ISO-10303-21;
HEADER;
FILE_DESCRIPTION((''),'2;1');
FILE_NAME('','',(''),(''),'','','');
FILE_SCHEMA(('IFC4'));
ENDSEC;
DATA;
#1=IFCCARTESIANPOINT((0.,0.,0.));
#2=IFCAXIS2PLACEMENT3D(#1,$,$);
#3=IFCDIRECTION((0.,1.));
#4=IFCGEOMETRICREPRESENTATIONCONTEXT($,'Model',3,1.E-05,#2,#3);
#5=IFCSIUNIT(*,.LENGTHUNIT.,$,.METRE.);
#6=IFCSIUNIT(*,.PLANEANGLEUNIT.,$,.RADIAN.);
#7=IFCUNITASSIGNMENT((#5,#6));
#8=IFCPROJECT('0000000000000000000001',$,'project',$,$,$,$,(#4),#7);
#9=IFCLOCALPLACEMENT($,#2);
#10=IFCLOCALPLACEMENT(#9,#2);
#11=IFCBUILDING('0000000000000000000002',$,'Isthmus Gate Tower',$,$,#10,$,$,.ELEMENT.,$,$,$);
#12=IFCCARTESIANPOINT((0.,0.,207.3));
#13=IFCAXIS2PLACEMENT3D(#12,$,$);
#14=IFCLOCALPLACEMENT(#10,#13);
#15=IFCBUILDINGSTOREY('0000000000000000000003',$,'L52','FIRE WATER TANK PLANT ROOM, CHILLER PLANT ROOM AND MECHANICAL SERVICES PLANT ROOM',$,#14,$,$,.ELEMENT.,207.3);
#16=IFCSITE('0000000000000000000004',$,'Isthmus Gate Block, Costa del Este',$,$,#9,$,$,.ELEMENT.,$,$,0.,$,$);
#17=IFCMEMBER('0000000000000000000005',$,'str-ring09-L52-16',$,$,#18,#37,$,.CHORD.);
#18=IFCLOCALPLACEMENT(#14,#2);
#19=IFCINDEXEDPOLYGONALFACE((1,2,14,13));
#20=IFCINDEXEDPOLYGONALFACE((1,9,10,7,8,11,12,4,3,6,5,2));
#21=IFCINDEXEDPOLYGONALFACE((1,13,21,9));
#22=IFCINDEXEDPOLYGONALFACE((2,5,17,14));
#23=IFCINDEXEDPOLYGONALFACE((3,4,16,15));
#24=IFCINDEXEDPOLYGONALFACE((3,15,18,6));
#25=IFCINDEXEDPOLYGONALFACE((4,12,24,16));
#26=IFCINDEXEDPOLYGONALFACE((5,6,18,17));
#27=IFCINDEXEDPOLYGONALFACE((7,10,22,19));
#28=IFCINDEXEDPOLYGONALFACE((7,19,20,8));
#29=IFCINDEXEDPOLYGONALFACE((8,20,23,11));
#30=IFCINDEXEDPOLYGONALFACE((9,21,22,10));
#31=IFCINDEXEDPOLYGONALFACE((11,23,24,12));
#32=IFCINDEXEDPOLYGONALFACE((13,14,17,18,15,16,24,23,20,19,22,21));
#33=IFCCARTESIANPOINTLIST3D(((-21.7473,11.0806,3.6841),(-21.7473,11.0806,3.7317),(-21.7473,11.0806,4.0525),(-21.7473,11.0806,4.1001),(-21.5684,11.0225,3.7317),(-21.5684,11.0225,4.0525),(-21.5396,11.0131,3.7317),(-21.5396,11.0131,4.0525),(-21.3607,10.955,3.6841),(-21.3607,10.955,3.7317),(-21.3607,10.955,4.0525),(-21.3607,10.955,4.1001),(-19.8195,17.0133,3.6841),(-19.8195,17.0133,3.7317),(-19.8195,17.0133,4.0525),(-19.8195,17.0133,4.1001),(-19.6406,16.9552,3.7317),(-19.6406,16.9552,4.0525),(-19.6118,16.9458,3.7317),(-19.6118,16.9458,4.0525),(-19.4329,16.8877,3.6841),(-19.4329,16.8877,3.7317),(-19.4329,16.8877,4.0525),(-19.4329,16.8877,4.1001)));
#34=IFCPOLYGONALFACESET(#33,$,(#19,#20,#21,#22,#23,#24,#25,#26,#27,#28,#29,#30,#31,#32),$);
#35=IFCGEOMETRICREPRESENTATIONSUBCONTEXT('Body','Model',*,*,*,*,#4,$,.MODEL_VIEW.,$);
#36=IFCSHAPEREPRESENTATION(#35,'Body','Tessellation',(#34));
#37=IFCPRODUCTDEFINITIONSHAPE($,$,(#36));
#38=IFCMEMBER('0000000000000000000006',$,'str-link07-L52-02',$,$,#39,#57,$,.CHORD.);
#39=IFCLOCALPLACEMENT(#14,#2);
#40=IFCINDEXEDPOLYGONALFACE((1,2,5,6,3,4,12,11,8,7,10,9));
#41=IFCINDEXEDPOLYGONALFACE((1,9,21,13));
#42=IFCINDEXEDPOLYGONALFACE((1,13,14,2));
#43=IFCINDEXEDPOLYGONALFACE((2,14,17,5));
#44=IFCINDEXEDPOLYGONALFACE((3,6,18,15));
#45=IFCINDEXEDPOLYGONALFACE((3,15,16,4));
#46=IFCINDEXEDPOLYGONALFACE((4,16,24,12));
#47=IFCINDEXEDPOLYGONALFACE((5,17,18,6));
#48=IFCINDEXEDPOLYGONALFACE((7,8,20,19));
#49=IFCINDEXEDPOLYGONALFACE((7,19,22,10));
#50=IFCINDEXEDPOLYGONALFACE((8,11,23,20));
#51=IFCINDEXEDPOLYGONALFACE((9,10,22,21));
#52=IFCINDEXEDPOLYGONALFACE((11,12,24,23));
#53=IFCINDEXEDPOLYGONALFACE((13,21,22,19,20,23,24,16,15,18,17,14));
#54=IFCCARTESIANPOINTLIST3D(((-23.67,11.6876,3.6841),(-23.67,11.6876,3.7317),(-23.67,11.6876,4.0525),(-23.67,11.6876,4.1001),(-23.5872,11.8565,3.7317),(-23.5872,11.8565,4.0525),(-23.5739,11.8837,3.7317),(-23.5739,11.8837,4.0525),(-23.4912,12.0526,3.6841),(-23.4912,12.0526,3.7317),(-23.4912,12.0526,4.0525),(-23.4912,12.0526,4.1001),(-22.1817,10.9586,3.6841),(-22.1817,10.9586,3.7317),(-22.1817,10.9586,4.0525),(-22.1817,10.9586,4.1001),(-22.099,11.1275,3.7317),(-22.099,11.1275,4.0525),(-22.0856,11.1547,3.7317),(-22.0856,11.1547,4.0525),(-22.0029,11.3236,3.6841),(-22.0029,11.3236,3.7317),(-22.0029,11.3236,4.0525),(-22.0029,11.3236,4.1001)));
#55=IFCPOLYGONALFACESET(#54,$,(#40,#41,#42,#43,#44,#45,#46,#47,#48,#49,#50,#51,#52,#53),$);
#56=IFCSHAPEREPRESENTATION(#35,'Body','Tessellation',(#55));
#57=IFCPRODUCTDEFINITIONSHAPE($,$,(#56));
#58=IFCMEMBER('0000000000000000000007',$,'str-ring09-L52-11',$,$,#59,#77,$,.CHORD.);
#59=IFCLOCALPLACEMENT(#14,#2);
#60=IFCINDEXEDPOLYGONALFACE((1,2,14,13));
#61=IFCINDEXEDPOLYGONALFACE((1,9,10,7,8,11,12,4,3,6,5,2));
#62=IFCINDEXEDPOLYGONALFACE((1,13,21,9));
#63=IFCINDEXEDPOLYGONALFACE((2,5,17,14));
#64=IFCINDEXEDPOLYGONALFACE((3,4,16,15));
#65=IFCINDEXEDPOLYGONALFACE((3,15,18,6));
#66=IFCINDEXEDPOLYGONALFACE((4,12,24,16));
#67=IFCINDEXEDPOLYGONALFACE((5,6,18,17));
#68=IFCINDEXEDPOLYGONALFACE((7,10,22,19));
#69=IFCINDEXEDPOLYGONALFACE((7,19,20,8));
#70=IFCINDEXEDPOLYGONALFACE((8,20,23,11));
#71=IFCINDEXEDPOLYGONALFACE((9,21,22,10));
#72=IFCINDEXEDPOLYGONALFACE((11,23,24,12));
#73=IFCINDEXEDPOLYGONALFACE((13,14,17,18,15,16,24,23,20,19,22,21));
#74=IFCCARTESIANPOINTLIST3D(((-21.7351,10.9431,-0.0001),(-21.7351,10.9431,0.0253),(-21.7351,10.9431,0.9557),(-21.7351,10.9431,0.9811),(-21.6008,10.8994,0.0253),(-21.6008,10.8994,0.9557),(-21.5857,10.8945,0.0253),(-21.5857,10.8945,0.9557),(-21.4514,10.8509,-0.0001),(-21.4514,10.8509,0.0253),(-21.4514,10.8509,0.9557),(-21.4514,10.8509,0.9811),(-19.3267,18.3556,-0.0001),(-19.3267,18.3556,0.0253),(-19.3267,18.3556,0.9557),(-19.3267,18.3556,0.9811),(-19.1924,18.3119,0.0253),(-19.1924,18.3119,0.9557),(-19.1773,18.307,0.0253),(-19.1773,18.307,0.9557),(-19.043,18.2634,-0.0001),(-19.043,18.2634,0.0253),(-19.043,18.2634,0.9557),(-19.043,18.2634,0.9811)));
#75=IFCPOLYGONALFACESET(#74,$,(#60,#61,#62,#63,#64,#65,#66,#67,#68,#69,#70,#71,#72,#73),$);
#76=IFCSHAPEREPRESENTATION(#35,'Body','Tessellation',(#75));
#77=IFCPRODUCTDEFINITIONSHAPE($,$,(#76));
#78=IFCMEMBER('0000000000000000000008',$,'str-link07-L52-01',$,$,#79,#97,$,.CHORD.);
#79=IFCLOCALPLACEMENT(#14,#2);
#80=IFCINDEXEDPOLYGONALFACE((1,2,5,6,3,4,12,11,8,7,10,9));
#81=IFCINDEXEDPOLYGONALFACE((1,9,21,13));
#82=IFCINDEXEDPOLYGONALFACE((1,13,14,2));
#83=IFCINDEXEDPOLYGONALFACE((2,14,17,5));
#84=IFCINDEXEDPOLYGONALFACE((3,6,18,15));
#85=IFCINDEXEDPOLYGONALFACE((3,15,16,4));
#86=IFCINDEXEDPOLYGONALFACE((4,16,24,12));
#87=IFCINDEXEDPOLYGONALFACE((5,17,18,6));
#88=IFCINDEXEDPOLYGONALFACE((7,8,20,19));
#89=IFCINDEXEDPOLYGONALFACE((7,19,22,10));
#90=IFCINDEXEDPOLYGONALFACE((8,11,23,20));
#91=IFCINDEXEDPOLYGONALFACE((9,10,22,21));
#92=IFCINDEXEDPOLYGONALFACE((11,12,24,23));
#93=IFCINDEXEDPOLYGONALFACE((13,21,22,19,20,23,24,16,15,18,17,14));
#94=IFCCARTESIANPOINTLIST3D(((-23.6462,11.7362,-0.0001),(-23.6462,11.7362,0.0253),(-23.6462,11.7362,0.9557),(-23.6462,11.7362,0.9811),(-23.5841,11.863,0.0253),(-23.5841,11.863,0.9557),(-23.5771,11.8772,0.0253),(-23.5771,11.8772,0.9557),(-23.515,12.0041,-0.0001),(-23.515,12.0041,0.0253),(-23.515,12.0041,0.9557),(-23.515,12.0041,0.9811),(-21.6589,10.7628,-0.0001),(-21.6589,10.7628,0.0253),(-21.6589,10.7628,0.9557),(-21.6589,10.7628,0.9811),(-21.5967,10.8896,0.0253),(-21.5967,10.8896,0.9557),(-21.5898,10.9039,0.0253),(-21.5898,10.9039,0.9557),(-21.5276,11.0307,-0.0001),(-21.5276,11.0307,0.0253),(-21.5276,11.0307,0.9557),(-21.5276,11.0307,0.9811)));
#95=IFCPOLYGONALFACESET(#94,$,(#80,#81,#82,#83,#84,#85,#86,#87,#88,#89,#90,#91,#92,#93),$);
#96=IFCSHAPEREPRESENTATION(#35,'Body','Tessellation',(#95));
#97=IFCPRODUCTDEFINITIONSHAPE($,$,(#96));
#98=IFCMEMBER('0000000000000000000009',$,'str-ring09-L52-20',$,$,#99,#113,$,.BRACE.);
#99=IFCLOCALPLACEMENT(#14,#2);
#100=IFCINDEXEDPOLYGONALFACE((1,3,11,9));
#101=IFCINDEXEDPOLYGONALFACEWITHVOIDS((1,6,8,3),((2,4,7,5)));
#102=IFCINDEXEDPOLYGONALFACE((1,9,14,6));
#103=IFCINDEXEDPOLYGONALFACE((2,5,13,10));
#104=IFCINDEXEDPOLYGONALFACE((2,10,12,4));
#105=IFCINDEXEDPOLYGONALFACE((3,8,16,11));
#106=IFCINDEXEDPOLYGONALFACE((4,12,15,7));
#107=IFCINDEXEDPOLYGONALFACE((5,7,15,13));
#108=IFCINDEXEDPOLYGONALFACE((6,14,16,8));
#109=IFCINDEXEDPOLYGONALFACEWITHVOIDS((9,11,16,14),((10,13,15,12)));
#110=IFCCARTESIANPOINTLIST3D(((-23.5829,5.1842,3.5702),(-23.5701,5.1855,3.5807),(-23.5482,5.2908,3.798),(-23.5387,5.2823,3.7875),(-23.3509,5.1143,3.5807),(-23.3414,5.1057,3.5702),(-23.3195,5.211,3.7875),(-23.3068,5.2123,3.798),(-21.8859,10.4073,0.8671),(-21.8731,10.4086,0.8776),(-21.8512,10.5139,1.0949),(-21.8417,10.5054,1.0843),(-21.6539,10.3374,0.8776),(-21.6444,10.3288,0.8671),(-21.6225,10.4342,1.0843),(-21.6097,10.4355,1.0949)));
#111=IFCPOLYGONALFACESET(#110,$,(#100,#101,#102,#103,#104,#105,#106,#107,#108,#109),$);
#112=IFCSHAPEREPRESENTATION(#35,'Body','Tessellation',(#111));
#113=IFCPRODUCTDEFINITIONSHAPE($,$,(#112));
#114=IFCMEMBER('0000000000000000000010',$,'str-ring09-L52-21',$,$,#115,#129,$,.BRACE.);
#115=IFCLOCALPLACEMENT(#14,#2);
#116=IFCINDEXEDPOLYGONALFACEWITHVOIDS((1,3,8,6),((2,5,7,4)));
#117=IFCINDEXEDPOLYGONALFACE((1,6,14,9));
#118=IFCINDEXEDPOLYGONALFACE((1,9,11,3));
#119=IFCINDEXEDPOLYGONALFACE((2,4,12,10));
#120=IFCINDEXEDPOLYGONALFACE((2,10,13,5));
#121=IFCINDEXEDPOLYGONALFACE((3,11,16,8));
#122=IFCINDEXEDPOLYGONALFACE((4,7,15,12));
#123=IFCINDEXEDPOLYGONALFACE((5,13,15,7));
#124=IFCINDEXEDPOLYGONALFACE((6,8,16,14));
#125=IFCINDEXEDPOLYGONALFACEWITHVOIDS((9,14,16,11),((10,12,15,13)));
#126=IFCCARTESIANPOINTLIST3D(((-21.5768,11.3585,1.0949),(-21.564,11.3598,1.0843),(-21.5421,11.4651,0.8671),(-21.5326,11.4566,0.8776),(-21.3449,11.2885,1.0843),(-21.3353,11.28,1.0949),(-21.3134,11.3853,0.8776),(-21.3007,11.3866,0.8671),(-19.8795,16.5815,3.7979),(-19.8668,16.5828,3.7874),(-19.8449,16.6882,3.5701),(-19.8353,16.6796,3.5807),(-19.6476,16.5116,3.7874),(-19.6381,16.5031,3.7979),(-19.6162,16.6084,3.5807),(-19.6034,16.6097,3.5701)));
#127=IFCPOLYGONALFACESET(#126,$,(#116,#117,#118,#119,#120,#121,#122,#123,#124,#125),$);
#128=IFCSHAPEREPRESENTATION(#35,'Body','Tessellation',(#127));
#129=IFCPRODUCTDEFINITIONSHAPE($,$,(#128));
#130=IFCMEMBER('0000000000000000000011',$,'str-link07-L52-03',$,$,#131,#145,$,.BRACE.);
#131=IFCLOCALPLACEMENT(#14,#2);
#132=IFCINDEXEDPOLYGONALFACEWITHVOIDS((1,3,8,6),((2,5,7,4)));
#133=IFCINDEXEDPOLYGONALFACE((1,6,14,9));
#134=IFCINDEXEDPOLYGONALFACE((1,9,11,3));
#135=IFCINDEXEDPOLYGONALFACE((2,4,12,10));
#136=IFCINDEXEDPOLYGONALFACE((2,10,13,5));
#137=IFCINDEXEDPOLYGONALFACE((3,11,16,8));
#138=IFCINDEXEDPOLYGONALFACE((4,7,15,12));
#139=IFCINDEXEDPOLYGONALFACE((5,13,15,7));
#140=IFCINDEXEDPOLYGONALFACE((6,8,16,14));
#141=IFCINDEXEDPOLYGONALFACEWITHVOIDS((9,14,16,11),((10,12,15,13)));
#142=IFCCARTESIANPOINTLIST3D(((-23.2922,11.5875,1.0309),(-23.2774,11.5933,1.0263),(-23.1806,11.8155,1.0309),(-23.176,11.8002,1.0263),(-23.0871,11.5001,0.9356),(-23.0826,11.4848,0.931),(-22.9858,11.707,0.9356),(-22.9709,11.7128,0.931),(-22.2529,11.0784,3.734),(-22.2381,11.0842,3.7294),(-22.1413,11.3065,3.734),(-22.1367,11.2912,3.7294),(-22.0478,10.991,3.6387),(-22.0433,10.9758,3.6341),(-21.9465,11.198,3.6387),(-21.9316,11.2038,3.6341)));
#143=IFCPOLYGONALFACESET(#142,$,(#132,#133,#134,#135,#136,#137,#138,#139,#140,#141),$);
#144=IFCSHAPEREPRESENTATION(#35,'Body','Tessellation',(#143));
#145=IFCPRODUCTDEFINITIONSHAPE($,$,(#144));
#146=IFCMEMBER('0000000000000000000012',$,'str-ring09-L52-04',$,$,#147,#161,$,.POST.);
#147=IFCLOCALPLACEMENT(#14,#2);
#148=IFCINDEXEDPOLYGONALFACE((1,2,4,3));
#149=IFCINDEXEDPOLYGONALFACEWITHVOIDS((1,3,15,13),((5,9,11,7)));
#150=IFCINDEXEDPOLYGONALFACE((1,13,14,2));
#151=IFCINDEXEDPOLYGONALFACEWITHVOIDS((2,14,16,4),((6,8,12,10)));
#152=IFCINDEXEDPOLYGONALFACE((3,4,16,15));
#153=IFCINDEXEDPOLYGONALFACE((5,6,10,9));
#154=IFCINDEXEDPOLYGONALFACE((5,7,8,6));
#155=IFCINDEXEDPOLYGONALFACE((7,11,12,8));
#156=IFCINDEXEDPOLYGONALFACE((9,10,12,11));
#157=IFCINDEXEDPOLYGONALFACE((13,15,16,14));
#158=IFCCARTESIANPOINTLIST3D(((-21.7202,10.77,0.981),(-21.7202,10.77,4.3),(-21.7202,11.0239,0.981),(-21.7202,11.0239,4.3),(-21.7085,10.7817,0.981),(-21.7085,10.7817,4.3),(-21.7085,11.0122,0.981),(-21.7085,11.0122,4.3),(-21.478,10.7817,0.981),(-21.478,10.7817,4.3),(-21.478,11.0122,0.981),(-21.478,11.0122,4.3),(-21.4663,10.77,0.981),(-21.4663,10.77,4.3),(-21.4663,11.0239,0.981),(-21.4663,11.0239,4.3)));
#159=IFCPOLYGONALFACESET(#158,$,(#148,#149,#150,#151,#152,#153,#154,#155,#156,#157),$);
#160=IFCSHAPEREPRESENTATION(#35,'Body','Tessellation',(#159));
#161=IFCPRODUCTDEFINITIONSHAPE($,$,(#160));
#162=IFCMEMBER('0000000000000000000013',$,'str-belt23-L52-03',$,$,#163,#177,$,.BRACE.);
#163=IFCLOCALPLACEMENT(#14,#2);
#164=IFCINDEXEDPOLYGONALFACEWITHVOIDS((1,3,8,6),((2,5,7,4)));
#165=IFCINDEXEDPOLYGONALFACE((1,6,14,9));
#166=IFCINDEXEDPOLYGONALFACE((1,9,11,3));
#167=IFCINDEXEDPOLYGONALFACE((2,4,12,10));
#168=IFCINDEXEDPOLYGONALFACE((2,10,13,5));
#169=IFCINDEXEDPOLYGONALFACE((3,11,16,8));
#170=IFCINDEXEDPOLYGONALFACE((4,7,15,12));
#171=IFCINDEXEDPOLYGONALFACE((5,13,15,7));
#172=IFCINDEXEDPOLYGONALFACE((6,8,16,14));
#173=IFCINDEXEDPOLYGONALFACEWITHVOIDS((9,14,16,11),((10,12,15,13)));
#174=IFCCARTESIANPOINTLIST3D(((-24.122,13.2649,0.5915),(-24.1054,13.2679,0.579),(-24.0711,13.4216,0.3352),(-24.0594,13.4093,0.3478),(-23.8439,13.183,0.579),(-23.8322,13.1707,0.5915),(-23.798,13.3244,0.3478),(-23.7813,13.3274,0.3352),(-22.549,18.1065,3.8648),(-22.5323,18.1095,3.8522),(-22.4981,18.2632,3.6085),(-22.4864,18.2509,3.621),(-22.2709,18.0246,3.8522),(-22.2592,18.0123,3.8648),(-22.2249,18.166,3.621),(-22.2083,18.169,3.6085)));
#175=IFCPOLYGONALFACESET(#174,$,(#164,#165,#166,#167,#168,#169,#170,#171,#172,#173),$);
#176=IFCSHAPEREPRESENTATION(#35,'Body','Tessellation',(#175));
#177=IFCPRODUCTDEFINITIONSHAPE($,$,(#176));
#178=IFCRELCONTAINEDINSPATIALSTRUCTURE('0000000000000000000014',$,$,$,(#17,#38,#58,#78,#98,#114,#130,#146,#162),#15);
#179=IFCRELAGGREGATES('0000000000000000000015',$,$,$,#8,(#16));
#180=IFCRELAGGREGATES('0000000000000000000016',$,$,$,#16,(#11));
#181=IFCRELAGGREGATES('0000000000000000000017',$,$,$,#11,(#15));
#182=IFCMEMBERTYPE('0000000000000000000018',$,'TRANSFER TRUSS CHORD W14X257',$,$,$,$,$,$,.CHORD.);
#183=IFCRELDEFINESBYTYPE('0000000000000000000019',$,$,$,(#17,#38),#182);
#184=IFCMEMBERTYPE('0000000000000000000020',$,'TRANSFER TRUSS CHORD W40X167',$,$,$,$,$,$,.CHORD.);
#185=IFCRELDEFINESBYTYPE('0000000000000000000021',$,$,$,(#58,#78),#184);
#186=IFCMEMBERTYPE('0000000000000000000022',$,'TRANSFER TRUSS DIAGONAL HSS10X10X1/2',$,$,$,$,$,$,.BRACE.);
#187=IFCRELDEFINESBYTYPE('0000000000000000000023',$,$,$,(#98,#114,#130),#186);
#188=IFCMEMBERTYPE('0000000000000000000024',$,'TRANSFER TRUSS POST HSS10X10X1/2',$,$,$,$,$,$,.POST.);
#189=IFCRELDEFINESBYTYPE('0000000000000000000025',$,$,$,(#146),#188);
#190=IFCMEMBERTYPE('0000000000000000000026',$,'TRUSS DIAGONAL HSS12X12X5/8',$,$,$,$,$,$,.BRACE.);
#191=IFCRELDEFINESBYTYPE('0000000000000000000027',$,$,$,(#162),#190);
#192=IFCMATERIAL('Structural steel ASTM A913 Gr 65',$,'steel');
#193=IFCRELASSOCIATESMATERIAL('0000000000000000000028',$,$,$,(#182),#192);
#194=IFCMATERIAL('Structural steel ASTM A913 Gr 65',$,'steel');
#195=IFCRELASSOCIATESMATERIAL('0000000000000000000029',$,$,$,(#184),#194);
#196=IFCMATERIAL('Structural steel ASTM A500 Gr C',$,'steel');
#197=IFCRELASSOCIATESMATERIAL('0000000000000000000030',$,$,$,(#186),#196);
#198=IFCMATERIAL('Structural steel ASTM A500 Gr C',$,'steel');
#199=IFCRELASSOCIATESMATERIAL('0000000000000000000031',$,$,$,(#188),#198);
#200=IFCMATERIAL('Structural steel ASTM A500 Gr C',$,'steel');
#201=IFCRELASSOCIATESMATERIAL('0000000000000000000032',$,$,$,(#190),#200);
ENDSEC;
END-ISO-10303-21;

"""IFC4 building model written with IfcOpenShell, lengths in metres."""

from ifc_helpers import new_model, si_unit, direction, frame, origin, origin_2d, place, context, subcontext, project, spatial, hollow_rectangle, i_section, extrude, material, material_profile, profile_set, type_object, element, save


model = new_model("IFC4")

# Units and contexts
model_context = context("Model", 3, precision=1e-05, world=origin(), true_north=direction((0.0, 1.0)))
body_context = subcontext(model_context, "Body", "Model", "MODEL_VIEW")
ifc_project = project(units=[si_unit("LENGTHUNIT", "METRE"), si_unit("PLANEANGLEUNIT", "RADIAN")], contexts=[model_context])

# Site, building, storey
site_placement = place(None, origin())
site = spatial("IfcSite", under=ifc_project, at=site_placement, Name="Isthmus Gate Block, Costa del Este", CompositionType="ELEMENT", RefElevation=0.0)
building_placement = place(site_placement, origin())
building = spatial("IfcBuilding", under=site, at=building_placement, Name="Isthmus Gate Tower", CompositionType="ELEMENT")
storey_placement = place(building_placement, frame((0.0, 0.0, 207.3)))
storey = spatial("IfcBuildingStorey", under=building, at=storey_placement, Name="L52", Description="FIRE WATER TANK PLANT ROOM, CHILLER PLANT ROOM AND MECHANICAL SERVICES PLANT ROOM", CompositionType="ELEMENT", Elevation=207.3)

# Members
ifc_material_1 = material(Name="Structural steel ASTM A913 Gr 65", Category="steel")
ifc_material_profile_1 = material_profile(ifc_material_1, i_section(OverallWidth=0.4065, OverallDepth=0.416, WebThickness=0.0303, FlangeThickness=0.0476, at=origin_2d()), Name="W14X257")
ifc_profile_set_1 = profile_set([ifc_material_profile_1], Name="Structural steel ASTM A913 Gr 65")
member_type_1 = type_object("IfcMemberType", Name="TRANSFER TRUSS CHORD W14X257", PredefinedType="CHORD", material=ifc_profile_set_1)
member_1_placement = place(storey_placement, frame((-21.554, 11.0178, 3.8921), z_axis=(0.309033, 0.951051, 0.0), x_axis=(-0.951051, 0.309033, 0.0)))
element("IfcMember", 1, at=member_1_placement, inside=storey, type_object=member_type_1, Name="str-ring09-L52-16", PredefinedType="CHORD", context=body_context, shape_type="SweptSolid", body=[
    extrude(i_section(OverallWidth=0.4065, OverallDepth=0.416, WebThickness=0.0303, FlangeThickness=0.0476, at=origin_2d()), origin(), (0.0, 0.0, 1.0), 6.238),
])
member_2_placement = place(storey_placement, frame((-23.5806, 11.8701, 3.8921), z_axis=(0.898051, -0.439892, 0.0), x_axis=(0.439892, 0.898051, 0.0)))
element("IfcMember", 2, at=member_2_placement, inside=storey, type_object=member_type_1, Name="str-link07-L52-02", PredefinedType="CHORD", context=body_context, shape_type="SweptSolid", body=[
    extrude(i_section(OverallWidth=0.4065, OverallDepth=0.416, WebThickness=0.0303, FlangeThickness=0.0476, at=origin_2d()), origin(), (0.0, 0.0, 1.0), 1.6572),
])
ifc_material_2 = material(Name="Structural steel ASTM A913 Gr 65", Category="steel")
ifc_material_profile_2 = material_profile(ifc_material_2, i_section(OverallWidth=0.2983, OverallDepth=0.9812, WebThickness=0.0159, FlangeThickness=0.0254, at=origin_2d()), Name="W40X167")
ifc_profile_set_2 = profile_set([ifc_material_profile_2], Name="Structural steel ASTM A913 Gr 65")
member_type_2 = type_object("IfcMemberType", Name="TRANSFER TRUSS CHORD W40X167", PredefinedType="CHORD", material=ifc_profile_set_2)
member_3_placement = place(storey_placement, frame((-21.5933, 10.897, 0.4905), z_axis=(0.309011, 0.951058, 0.0), x_axis=(-0.951058, 0.309011, 0.0)))
element("IfcMember", 3, at=member_3_placement, inside=storey, type_object=member_type_2, Name="str-ring09-L52-11", PredefinedType="CHORD", context=body_context, shape_type="SweptSolid", body=[
    extrude(i_section(OverallWidth=0.2983, OverallDepth=0.9812, WebThickness=0.0159, FlangeThickness=0.0254, at=origin_2d()), origin(), (0.0, 0.0, 1.0), 7.7939),
])
member_4_placement = place(storey_placement, frame((-23.5806, 11.8701, 0.4905), z_axis=(0.89806, -0.439873, 0.0), x_axis=(0.439873, 0.89806, 0.0)))
element("IfcMember", 4, at=member_4_placement, inside=storey, type_object=member_type_2, Name="str-link07-L52-01", PredefinedType="CHORD", context=body_context, shape_type="SweptSolid", body=[
    extrude(i_section(OverallWidth=0.2983, OverallDepth=0.9812, WebThickness=0.0159, FlangeThickness=0.0254, at=origin_2d()), origin(), (0.0, 0.0, 1.0), 2.2129),
])
ifc_material_3 = material(Name="Structural steel ASTM A500 Gr C", Category="steel")
ifc_material_profile_3 = material_profile(ifc_material_3, hollow_rectangle(XDim=0.2539, YDim=0.2539, WallThickness=0.0117, at=origin_2d()), Name="HSS10X10X1/2")
ifc_profile_set_3 = profile_set([ifc_material_profile_3], Name="Structural steel ASTM A500 Gr C")
member_type_3 = type_object("IfcMemberType", Name="TRANSFER TRUSS DIAGONAL HSS10X10X1/2", PredefinedType="BRACE", material=ifc_profile_set_3)
for number, where, z_axis, x_axis, name in (
    (5, (-21.7478, 10.4214, 0.981), (-0.277241, -0.8533, 0.441607), (0.951061, -0.309004, 0.0), "str-ring09-L52-20"),
    (6, (-21.4387, 11.3726, 0.981), (0.277278, 0.853291, 0.441602), (-0.951048, 0.309044, 0.0), "str-ring09-L52-21"),
):
    element("IfcMember", number, at=place(storey_placement, frame(where, z_axis=z_axis, x_axis=x_axis)), inside=storey, type_object=member_type_3, Name=name, PredefinedType="BRACE", context=body_context, shape_type="SweptSolid", body=[
        extrude(hollow_rectangle(XDim=0.2539, YDim=0.2539, WallThickness=0.0117, at=origin_2d()), origin(), (0.0, 0.0, 1.0), 6.1211),
    ])
member_5_placement = place(storey_placement, frame((-23.1316, 11.6501, 0.981), z_axis=(0.353453, -0.173115, 0.919294), x_axis=(0.439857, 0.898068, 0.0)))
element("IfcMember", 7, at=member_5_placement, inside=storey, type_object=member_type_3, Name="str-link07-L52-03", PredefinedType="BRACE", context=body_context, shape_type="SweptSolid", body=[
    extrude(hollow_rectangle(XDim=0.2539, YDim=0.2539, WallThickness=0.0117, at=origin_2d()), origin(), (0.0, 0.0, 1.0), 2.9404),
])
ifc_material_4 = material(Name="Structural steel ASTM A500 Gr C", Category="steel")
ifc_material_profile_4 = material_profile(ifc_material_4, hollow_rectangle(XDim=0.2539, YDim=0.2539, WallThickness=0.0117, at=origin_2d()), Name="HSS10X10X1/2")
ifc_profile_set_4 = profile_set([ifc_material_profile_4], Name="Structural steel ASTM A500 Gr C")
member_type_4 = type_object("IfcMemberType", Name="TRANSFER TRUSS POST HSS10X10X1/2", PredefinedType="POST", material=ifc_profile_set_4)
member_6_placement = place(storey_placement, frame((-21.5933, 10.897, 0.981), z_axis=(0.0, 0.0, 1.0), x_axis=(1.0, 0.0, 0.0)))
element("IfcMember", 8, at=member_6_placement, inside=storey, type_object=member_type_4, Name="str-ring09-L52-04", PredefinedType="POST", context=body_context, shape_type="SweptSolid", body=[
    extrude(hollow_rectangle(XDim=0.2539, YDim=0.2539, WallThickness=0.0117, at=origin_2d()), origin(), (0.0, 0.0, 1.0), 3.3191),
])
ifc_material_5 = material(Name="Structural steel ASTM A500 Gr C", Category="steel")
ifc_material_profile_5 = material_profile(ifc_material_5, hollow_rectangle(XDim=0.3047, YDim=0.3047, WallThickness=0.0149, at=origin_2d()), Name="HSS12X12X5/8")
ifc_profile_set_5 = profile_set([ifc_material_profile_5], Name="Structural steel ASTM A500 Gr C")
member_type_5 = type_object("IfcMemberType", Name="TRUSS DIAGONAL HSS12X12X5/8", PredefinedType="BRACE", material=ifc_profile_set_5)
member_7_placement = place(storey_placement, frame((-23.9517, 13.2961, 0.4634), z_axis=(0.259906, 0.79997, 0.54083), x_axis=(-0.951063, 0.308996, 0.0)))
element("IfcMember", 9, at=member_7_placement, inside=storey, type_object=member_type_5, Name="str-belt23-L52-03", PredefinedType="BRACE", context=body_context, shape_type="SweptSolid", body=[
    extrude(hollow_rectangle(XDim=0.3047, YDim=0.3047, WallThickness=0.0149, at=origin_2d()), origin(), (0.0, 0.0, 1.0), 6.0522),
])

save(model, "model.ifc")
